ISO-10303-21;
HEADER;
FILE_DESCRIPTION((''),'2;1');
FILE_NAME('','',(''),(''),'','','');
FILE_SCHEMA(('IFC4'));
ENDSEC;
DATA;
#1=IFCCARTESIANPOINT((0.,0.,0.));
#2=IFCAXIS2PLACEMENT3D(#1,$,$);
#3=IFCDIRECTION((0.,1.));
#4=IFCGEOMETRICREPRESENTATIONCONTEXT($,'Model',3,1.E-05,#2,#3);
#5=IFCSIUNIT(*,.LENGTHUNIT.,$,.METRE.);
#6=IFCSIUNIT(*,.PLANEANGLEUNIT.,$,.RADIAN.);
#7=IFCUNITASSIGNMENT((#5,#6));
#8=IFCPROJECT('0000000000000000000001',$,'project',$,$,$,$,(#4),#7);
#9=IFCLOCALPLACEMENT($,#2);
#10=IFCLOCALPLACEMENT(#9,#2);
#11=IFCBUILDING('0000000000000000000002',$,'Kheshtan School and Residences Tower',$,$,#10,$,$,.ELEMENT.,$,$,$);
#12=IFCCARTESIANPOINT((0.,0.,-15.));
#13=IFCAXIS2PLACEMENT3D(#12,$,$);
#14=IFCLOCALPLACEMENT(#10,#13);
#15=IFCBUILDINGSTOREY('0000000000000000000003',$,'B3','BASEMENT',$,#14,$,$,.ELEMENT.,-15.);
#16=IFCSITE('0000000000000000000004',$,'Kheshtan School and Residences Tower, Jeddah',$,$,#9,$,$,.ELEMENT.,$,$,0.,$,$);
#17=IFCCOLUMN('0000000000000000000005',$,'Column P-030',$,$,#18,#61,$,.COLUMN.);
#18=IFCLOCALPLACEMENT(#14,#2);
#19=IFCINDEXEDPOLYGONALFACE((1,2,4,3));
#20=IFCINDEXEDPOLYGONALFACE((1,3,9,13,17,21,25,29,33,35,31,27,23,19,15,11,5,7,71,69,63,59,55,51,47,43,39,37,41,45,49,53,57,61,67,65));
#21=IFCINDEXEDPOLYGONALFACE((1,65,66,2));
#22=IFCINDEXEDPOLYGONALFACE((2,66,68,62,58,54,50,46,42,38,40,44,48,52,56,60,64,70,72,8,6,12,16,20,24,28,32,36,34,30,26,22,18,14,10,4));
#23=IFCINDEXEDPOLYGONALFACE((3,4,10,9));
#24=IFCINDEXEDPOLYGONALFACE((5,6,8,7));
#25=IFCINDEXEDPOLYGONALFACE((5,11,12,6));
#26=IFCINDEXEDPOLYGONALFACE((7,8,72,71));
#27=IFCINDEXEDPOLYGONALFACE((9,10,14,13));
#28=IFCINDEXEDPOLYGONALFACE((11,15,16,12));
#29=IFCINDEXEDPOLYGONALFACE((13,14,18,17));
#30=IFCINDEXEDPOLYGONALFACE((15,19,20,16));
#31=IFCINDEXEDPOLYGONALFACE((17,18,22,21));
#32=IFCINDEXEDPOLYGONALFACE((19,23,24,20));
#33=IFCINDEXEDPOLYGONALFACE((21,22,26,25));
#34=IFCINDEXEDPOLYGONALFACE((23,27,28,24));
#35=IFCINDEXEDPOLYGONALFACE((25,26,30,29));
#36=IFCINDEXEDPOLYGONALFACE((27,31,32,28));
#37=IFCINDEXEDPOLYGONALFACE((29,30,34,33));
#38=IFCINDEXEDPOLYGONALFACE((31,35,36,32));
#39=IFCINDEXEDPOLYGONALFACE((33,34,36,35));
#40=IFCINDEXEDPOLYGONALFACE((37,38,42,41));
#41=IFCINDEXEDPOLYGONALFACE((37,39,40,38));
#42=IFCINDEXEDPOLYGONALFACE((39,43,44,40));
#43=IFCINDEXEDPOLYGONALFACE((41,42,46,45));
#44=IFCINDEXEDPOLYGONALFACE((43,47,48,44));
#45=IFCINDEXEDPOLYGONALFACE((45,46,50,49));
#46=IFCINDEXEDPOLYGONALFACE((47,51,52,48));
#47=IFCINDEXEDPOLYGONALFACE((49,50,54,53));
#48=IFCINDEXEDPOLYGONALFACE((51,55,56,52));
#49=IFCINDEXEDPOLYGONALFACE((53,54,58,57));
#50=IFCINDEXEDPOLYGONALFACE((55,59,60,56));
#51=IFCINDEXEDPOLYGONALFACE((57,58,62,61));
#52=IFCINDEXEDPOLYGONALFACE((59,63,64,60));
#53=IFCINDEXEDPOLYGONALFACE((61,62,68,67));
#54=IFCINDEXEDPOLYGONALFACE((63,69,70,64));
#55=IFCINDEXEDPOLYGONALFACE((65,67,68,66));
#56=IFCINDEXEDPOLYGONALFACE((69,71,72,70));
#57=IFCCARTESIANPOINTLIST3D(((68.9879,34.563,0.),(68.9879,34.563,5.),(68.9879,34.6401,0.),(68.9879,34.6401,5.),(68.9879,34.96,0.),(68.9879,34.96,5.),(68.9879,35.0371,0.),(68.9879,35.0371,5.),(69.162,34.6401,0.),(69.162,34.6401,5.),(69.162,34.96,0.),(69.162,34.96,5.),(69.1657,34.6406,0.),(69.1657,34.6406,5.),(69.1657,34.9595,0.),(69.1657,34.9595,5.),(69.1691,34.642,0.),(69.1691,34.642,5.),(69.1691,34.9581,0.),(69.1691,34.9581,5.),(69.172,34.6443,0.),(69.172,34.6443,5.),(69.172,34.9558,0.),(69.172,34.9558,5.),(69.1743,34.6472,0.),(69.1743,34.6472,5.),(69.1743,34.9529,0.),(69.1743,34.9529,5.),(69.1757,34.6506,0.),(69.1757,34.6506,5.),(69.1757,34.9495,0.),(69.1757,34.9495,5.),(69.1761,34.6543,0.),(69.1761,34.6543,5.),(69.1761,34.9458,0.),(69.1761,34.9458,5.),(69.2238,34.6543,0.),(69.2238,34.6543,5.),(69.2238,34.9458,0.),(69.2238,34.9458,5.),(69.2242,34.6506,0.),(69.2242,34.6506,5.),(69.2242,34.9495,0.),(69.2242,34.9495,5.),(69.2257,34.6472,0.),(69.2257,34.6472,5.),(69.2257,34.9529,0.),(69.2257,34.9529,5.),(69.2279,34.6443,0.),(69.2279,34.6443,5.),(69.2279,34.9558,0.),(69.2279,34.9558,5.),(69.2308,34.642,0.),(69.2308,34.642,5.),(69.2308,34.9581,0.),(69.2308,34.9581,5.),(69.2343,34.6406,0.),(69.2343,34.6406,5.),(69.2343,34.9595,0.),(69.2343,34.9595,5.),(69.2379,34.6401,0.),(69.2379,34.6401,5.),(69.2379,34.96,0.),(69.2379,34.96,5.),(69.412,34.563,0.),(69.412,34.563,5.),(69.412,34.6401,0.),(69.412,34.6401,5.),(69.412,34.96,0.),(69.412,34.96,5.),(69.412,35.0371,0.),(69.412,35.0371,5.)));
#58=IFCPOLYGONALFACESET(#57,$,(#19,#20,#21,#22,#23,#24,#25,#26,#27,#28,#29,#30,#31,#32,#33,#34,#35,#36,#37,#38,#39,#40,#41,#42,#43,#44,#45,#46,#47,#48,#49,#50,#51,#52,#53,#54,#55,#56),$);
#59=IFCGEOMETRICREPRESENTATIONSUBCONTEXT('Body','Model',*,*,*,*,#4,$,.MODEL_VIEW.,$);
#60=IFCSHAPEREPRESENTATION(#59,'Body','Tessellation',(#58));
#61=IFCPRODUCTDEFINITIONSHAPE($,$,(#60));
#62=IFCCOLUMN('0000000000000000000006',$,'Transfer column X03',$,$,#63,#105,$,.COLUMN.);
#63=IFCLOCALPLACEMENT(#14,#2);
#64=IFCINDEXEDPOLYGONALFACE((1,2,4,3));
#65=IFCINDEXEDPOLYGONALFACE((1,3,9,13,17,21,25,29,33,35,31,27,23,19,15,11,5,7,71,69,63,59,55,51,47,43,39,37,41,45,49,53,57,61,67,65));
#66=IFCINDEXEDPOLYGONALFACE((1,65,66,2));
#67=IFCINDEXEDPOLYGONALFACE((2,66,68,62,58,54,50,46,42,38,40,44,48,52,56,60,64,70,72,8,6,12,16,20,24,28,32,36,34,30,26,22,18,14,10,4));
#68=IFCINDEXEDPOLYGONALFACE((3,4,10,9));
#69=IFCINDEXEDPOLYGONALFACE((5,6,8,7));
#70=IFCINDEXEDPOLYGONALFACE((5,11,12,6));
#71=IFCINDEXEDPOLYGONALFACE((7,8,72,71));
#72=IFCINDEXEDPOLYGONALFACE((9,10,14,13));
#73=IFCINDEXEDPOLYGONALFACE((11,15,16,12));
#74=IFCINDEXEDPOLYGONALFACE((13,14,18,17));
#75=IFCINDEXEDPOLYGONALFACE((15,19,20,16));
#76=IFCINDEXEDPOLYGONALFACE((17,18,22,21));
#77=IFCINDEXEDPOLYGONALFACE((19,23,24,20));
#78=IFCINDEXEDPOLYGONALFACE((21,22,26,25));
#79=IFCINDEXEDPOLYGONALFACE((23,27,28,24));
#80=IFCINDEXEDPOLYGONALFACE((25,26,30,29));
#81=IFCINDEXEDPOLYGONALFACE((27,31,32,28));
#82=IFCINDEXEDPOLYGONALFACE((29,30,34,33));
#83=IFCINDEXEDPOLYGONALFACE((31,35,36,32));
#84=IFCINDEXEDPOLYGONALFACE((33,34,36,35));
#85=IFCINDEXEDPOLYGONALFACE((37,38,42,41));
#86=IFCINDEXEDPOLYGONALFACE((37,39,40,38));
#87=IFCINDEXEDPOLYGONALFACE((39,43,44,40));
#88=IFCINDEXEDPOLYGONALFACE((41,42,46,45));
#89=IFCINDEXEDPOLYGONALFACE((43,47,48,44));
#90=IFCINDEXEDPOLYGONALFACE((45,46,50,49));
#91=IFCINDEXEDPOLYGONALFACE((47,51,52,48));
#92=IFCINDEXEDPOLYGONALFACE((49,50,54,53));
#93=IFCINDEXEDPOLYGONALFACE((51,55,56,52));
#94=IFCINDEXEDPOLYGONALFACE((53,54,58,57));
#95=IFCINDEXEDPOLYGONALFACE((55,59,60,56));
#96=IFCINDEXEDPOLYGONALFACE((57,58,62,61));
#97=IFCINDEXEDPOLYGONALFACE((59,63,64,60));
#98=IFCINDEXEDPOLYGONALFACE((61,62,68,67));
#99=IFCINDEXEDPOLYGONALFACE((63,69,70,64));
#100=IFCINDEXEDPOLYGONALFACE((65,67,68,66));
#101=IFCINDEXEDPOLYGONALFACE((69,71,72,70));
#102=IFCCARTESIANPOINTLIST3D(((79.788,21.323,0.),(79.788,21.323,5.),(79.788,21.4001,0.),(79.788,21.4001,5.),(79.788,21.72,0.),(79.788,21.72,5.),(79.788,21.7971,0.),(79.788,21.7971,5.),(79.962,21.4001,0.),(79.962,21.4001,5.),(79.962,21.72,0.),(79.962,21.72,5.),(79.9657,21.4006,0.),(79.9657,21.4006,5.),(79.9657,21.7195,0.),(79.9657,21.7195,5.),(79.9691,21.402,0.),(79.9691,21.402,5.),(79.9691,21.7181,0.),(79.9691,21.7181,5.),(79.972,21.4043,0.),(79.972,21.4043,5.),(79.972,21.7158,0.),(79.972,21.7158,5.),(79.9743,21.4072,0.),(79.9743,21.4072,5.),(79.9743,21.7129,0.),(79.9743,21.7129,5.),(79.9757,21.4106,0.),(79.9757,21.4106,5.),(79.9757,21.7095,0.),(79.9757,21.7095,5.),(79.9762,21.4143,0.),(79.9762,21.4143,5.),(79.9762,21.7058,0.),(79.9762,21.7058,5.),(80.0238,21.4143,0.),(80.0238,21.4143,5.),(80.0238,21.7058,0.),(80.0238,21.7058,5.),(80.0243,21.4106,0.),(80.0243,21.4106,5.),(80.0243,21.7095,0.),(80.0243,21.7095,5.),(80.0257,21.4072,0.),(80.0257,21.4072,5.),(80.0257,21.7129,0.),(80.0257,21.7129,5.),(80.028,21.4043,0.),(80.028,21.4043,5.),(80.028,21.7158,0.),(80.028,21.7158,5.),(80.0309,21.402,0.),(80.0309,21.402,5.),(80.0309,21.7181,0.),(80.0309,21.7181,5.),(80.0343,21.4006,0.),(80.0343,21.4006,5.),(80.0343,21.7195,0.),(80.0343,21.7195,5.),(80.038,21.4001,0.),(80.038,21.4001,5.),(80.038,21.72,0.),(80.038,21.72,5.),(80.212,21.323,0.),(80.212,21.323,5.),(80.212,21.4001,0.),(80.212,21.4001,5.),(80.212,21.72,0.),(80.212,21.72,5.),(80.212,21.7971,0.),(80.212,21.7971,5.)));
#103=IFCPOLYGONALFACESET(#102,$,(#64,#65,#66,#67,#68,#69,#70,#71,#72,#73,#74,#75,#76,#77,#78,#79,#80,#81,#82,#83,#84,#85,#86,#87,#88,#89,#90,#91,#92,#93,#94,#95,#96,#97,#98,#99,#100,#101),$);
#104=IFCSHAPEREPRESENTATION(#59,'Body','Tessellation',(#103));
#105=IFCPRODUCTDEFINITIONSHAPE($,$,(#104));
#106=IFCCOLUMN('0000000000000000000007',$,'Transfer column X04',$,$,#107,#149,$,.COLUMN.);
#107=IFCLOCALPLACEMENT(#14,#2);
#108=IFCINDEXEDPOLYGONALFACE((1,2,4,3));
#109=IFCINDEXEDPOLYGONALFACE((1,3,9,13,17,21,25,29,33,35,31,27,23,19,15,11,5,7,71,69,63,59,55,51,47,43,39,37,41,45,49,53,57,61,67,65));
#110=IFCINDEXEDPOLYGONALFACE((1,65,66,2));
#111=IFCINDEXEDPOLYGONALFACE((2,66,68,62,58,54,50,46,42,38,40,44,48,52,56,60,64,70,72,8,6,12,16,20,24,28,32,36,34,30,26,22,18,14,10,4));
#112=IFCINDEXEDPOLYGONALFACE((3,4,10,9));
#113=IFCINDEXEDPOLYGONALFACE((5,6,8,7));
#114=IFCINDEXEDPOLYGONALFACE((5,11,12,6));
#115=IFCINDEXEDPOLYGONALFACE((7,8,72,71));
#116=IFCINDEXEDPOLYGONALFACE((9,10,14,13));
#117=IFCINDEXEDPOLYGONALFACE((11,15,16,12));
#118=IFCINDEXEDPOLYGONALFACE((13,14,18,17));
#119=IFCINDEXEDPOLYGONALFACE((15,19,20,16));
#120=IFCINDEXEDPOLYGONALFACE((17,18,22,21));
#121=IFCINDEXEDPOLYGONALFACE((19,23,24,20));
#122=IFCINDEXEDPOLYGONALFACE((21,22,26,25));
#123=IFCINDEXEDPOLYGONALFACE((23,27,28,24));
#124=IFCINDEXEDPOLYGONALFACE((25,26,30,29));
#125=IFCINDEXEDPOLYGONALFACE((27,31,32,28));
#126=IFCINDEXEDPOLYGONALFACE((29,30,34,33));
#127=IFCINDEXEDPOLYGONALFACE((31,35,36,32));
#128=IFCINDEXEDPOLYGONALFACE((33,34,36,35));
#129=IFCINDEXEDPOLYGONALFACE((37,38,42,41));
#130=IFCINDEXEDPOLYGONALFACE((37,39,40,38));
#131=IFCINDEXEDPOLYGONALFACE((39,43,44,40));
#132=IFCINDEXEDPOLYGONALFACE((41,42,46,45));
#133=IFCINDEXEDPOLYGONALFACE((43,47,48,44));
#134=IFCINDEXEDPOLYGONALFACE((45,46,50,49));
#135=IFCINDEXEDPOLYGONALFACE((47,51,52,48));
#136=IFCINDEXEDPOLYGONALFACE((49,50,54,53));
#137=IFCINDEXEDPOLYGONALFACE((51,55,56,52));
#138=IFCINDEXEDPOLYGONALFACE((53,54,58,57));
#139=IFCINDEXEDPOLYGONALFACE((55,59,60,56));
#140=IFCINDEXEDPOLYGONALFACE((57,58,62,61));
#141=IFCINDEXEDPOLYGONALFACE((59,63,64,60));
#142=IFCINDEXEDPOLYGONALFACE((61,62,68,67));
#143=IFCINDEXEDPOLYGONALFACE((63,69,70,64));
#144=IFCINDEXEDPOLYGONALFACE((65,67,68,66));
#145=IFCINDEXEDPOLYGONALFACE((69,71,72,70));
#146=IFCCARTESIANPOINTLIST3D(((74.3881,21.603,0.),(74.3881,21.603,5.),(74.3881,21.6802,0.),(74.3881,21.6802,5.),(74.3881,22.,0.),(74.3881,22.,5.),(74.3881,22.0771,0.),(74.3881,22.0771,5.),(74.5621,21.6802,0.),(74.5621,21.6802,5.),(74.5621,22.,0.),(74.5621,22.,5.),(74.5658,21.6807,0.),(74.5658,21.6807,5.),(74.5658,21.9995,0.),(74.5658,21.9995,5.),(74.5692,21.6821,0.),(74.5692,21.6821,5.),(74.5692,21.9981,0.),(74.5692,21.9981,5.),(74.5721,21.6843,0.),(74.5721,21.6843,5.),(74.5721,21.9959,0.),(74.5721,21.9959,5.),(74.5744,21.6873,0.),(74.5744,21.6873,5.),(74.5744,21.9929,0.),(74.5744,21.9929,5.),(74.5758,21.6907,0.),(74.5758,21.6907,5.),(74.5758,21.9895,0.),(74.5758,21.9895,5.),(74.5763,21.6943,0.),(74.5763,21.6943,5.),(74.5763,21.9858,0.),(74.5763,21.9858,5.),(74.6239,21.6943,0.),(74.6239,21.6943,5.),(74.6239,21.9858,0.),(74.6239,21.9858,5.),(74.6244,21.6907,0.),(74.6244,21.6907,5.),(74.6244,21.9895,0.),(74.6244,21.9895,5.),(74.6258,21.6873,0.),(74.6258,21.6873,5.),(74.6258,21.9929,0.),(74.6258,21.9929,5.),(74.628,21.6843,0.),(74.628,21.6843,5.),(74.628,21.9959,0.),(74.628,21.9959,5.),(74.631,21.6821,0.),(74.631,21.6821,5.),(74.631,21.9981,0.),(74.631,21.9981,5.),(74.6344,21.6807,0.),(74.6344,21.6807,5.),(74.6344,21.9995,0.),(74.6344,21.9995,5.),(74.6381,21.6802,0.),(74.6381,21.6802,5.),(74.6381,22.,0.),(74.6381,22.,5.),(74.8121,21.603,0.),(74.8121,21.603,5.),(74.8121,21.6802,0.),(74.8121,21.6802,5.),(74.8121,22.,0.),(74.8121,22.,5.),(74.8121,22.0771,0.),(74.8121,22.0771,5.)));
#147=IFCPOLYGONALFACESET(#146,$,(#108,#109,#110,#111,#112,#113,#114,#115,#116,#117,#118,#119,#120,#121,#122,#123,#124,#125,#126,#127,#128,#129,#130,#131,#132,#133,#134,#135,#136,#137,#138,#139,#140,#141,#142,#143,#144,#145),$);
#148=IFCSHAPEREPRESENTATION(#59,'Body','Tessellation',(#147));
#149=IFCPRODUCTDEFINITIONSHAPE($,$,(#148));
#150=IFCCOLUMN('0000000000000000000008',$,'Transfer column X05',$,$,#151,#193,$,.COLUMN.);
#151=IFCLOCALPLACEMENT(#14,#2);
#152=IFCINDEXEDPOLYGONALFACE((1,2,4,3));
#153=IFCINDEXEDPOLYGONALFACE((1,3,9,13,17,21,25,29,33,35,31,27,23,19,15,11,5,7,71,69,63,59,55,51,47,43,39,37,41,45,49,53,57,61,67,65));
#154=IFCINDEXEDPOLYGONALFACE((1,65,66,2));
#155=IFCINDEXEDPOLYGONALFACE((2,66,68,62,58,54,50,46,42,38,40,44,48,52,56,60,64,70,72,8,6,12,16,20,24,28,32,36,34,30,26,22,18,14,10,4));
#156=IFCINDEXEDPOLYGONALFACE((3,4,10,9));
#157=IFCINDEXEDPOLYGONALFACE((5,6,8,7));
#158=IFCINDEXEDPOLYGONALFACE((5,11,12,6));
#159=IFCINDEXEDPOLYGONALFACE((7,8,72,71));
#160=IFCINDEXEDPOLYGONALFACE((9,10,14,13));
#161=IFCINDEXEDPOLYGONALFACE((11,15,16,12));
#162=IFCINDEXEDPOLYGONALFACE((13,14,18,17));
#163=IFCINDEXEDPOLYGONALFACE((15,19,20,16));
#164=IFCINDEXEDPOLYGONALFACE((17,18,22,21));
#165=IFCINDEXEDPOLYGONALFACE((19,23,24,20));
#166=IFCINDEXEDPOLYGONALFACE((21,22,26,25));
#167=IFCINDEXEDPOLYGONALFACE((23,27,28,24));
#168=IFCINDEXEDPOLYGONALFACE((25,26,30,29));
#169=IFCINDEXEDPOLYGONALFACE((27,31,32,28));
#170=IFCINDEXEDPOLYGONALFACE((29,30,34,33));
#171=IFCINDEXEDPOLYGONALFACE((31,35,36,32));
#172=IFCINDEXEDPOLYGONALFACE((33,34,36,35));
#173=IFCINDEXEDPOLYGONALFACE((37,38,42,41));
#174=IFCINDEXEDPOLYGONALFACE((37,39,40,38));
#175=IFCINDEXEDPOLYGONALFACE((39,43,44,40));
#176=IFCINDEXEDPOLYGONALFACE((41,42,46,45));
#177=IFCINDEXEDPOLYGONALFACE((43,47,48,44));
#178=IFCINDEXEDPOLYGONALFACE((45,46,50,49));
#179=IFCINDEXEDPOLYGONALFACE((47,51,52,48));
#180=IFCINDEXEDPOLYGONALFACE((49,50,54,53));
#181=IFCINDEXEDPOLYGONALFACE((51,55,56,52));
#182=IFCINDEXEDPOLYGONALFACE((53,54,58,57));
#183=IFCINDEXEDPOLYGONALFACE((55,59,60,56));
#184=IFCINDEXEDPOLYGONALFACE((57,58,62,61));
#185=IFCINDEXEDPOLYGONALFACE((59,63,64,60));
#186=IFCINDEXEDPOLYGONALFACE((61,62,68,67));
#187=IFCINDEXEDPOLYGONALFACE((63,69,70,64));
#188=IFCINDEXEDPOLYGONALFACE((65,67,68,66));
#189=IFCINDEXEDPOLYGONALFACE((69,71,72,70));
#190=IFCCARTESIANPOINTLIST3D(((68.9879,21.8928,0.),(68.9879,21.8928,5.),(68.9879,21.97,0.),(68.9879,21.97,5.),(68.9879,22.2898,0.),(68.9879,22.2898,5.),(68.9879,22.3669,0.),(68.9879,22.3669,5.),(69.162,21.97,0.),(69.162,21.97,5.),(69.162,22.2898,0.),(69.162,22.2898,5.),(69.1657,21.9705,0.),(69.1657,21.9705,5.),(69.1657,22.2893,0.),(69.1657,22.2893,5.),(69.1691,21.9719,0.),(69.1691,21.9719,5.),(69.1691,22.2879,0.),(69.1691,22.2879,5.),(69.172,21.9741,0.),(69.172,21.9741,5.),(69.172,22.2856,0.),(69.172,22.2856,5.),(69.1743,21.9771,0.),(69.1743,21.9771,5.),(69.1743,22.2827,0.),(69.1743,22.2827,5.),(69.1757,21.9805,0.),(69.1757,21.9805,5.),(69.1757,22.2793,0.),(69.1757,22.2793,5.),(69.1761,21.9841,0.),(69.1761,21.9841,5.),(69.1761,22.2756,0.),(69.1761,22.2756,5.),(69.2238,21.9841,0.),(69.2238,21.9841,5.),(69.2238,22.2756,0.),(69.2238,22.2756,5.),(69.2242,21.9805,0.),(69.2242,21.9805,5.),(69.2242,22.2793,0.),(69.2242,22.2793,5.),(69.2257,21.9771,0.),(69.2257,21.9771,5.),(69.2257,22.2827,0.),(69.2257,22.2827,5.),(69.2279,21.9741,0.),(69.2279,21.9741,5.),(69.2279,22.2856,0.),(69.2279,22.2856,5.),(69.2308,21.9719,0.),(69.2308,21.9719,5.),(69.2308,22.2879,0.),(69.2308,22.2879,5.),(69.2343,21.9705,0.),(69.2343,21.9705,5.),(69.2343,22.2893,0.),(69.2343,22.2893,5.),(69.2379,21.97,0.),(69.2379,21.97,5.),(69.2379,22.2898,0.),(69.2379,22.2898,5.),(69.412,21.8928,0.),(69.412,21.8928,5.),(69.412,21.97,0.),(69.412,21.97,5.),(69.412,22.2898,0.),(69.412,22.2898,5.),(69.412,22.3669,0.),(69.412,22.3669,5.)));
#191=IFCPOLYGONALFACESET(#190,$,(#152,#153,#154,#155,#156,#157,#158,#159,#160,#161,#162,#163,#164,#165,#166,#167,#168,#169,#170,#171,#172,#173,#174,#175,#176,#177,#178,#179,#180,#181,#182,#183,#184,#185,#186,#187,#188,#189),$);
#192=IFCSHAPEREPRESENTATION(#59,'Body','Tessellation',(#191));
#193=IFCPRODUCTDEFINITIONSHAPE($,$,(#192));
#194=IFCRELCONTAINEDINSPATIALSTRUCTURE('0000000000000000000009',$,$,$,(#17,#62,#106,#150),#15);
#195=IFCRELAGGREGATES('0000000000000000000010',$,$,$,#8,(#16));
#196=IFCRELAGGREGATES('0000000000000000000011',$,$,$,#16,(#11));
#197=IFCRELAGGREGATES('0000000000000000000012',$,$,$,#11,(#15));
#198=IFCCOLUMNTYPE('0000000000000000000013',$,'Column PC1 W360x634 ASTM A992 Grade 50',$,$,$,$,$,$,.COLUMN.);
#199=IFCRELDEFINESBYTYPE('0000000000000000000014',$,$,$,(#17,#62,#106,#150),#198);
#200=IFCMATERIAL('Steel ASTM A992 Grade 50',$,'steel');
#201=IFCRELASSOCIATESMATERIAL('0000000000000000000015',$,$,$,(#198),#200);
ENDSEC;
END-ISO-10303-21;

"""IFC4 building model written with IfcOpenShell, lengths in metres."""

from ifc_helpers import new_model, si_unit, direction, frame, origin, origin_2d, place, context, subcontext, project, spatial, i_section, extrude, material, material_profile, profile_set, type_object, element, save


model = new_model("IFC4")

# Units and contexts
model_context = context("Model", 3, precision=1e-05, world=origin(), true_north=direction((0.0, 1.0)))
body_context = subcontext(model_context, "Body", "Model", "MODEL_VIEW")
ifc_project = project(units=[si_unit("LENGTHUNIT", "METRE"), si_unit("PLANEANGLEUNIT", "RADIAN")], contexts=[model_context])

# Site, building, storey
site_placement = place(None, origin())
site = spatial("IfcSite", under=ifc_project, at=site_placement, Name="Kheshtan School and Residences Tower, Jeddah", CompositionType="ELEMENT", RefElevation=0.0)
building_placement = place(site_placement, origin())
building = spatial("IfcBuilding", under=site, at=building_placement, Name="Kheshtan School and Residences Tower", CompositionType="ELEMENT")
storey_placement = place(building_placement, frame((0.0, 0.0, -15.0)))
storey = spatial("IfcBuildingStorey", under=building, at=storey_placement, Name="B3", Description="BASEMENT", CompositionType="ELEMENT", Elevation=-15.0)

# Columns
ifc_material_1 = material(Name="Steel ASTM A992 Grade 50", Category="steel")
ifc_material_profile_1 = material_profile(ifc_material_1, i_section(OverallWidth=0.4241, OverallDepth=0.4741, WebThickness=0.0476, FlangeThickness=0.0771, FilletRadius=0.0142, at=origin_2d()), Name="W360x634")
ifc_profile_set_1 = profile_set([ifc_material_profile_1], Name="Steel ASTM A992 Grade 50")
column_type = type_object("IfcColumnType", Name="Column PC1 W360x634 ASTM A992 Grade 50", PredefinedType="COLUMN", material=ifc_profile_set_1)
for number, where, z_axis, x_axis, name in (
    (1, (69.2, 34.8, 0.0), (0.0, 0.0, 1.0), (1.0, 0.0, 0.0), "Column P-030"),
    (2, (80.0, 21.5601, 0.0), (0.0, 0.0, 1.0), (1.0, 0.0, 0.0), "Transfer column X03"),
    (3, (74.6001, 21.8401, 0.0), (0.0, 0.0, 1.0), (1.0, 0.0, 0.0), "Transfer column X04"),
    (4, (69.2, 22.1299, 0.0), (0.0, 0.0, 1.0), (1.0, 0.0, 0.0), "Transfer column X05"),
):
    element("IfcColumn", number, at=place(storey_placement, frame(where, z_axis=z_axis, x_axis=x_axis)), inside=storey, type_object=column_type, Name=name, PredefinedType="COLUMN", context=body_context, shape_type="SweptSolid", body=[
        extrude(i_section(OverallWidth=0.4241, OverallDepth=0.4741, WebThickness=0.0476, FlangeThickness=0.0771, FilletRadius=0.0142, at=origin_2d()), origin(), (0.0, 0.0, 1.0), 5.0),
    ])

save(model, "model.ifc")
